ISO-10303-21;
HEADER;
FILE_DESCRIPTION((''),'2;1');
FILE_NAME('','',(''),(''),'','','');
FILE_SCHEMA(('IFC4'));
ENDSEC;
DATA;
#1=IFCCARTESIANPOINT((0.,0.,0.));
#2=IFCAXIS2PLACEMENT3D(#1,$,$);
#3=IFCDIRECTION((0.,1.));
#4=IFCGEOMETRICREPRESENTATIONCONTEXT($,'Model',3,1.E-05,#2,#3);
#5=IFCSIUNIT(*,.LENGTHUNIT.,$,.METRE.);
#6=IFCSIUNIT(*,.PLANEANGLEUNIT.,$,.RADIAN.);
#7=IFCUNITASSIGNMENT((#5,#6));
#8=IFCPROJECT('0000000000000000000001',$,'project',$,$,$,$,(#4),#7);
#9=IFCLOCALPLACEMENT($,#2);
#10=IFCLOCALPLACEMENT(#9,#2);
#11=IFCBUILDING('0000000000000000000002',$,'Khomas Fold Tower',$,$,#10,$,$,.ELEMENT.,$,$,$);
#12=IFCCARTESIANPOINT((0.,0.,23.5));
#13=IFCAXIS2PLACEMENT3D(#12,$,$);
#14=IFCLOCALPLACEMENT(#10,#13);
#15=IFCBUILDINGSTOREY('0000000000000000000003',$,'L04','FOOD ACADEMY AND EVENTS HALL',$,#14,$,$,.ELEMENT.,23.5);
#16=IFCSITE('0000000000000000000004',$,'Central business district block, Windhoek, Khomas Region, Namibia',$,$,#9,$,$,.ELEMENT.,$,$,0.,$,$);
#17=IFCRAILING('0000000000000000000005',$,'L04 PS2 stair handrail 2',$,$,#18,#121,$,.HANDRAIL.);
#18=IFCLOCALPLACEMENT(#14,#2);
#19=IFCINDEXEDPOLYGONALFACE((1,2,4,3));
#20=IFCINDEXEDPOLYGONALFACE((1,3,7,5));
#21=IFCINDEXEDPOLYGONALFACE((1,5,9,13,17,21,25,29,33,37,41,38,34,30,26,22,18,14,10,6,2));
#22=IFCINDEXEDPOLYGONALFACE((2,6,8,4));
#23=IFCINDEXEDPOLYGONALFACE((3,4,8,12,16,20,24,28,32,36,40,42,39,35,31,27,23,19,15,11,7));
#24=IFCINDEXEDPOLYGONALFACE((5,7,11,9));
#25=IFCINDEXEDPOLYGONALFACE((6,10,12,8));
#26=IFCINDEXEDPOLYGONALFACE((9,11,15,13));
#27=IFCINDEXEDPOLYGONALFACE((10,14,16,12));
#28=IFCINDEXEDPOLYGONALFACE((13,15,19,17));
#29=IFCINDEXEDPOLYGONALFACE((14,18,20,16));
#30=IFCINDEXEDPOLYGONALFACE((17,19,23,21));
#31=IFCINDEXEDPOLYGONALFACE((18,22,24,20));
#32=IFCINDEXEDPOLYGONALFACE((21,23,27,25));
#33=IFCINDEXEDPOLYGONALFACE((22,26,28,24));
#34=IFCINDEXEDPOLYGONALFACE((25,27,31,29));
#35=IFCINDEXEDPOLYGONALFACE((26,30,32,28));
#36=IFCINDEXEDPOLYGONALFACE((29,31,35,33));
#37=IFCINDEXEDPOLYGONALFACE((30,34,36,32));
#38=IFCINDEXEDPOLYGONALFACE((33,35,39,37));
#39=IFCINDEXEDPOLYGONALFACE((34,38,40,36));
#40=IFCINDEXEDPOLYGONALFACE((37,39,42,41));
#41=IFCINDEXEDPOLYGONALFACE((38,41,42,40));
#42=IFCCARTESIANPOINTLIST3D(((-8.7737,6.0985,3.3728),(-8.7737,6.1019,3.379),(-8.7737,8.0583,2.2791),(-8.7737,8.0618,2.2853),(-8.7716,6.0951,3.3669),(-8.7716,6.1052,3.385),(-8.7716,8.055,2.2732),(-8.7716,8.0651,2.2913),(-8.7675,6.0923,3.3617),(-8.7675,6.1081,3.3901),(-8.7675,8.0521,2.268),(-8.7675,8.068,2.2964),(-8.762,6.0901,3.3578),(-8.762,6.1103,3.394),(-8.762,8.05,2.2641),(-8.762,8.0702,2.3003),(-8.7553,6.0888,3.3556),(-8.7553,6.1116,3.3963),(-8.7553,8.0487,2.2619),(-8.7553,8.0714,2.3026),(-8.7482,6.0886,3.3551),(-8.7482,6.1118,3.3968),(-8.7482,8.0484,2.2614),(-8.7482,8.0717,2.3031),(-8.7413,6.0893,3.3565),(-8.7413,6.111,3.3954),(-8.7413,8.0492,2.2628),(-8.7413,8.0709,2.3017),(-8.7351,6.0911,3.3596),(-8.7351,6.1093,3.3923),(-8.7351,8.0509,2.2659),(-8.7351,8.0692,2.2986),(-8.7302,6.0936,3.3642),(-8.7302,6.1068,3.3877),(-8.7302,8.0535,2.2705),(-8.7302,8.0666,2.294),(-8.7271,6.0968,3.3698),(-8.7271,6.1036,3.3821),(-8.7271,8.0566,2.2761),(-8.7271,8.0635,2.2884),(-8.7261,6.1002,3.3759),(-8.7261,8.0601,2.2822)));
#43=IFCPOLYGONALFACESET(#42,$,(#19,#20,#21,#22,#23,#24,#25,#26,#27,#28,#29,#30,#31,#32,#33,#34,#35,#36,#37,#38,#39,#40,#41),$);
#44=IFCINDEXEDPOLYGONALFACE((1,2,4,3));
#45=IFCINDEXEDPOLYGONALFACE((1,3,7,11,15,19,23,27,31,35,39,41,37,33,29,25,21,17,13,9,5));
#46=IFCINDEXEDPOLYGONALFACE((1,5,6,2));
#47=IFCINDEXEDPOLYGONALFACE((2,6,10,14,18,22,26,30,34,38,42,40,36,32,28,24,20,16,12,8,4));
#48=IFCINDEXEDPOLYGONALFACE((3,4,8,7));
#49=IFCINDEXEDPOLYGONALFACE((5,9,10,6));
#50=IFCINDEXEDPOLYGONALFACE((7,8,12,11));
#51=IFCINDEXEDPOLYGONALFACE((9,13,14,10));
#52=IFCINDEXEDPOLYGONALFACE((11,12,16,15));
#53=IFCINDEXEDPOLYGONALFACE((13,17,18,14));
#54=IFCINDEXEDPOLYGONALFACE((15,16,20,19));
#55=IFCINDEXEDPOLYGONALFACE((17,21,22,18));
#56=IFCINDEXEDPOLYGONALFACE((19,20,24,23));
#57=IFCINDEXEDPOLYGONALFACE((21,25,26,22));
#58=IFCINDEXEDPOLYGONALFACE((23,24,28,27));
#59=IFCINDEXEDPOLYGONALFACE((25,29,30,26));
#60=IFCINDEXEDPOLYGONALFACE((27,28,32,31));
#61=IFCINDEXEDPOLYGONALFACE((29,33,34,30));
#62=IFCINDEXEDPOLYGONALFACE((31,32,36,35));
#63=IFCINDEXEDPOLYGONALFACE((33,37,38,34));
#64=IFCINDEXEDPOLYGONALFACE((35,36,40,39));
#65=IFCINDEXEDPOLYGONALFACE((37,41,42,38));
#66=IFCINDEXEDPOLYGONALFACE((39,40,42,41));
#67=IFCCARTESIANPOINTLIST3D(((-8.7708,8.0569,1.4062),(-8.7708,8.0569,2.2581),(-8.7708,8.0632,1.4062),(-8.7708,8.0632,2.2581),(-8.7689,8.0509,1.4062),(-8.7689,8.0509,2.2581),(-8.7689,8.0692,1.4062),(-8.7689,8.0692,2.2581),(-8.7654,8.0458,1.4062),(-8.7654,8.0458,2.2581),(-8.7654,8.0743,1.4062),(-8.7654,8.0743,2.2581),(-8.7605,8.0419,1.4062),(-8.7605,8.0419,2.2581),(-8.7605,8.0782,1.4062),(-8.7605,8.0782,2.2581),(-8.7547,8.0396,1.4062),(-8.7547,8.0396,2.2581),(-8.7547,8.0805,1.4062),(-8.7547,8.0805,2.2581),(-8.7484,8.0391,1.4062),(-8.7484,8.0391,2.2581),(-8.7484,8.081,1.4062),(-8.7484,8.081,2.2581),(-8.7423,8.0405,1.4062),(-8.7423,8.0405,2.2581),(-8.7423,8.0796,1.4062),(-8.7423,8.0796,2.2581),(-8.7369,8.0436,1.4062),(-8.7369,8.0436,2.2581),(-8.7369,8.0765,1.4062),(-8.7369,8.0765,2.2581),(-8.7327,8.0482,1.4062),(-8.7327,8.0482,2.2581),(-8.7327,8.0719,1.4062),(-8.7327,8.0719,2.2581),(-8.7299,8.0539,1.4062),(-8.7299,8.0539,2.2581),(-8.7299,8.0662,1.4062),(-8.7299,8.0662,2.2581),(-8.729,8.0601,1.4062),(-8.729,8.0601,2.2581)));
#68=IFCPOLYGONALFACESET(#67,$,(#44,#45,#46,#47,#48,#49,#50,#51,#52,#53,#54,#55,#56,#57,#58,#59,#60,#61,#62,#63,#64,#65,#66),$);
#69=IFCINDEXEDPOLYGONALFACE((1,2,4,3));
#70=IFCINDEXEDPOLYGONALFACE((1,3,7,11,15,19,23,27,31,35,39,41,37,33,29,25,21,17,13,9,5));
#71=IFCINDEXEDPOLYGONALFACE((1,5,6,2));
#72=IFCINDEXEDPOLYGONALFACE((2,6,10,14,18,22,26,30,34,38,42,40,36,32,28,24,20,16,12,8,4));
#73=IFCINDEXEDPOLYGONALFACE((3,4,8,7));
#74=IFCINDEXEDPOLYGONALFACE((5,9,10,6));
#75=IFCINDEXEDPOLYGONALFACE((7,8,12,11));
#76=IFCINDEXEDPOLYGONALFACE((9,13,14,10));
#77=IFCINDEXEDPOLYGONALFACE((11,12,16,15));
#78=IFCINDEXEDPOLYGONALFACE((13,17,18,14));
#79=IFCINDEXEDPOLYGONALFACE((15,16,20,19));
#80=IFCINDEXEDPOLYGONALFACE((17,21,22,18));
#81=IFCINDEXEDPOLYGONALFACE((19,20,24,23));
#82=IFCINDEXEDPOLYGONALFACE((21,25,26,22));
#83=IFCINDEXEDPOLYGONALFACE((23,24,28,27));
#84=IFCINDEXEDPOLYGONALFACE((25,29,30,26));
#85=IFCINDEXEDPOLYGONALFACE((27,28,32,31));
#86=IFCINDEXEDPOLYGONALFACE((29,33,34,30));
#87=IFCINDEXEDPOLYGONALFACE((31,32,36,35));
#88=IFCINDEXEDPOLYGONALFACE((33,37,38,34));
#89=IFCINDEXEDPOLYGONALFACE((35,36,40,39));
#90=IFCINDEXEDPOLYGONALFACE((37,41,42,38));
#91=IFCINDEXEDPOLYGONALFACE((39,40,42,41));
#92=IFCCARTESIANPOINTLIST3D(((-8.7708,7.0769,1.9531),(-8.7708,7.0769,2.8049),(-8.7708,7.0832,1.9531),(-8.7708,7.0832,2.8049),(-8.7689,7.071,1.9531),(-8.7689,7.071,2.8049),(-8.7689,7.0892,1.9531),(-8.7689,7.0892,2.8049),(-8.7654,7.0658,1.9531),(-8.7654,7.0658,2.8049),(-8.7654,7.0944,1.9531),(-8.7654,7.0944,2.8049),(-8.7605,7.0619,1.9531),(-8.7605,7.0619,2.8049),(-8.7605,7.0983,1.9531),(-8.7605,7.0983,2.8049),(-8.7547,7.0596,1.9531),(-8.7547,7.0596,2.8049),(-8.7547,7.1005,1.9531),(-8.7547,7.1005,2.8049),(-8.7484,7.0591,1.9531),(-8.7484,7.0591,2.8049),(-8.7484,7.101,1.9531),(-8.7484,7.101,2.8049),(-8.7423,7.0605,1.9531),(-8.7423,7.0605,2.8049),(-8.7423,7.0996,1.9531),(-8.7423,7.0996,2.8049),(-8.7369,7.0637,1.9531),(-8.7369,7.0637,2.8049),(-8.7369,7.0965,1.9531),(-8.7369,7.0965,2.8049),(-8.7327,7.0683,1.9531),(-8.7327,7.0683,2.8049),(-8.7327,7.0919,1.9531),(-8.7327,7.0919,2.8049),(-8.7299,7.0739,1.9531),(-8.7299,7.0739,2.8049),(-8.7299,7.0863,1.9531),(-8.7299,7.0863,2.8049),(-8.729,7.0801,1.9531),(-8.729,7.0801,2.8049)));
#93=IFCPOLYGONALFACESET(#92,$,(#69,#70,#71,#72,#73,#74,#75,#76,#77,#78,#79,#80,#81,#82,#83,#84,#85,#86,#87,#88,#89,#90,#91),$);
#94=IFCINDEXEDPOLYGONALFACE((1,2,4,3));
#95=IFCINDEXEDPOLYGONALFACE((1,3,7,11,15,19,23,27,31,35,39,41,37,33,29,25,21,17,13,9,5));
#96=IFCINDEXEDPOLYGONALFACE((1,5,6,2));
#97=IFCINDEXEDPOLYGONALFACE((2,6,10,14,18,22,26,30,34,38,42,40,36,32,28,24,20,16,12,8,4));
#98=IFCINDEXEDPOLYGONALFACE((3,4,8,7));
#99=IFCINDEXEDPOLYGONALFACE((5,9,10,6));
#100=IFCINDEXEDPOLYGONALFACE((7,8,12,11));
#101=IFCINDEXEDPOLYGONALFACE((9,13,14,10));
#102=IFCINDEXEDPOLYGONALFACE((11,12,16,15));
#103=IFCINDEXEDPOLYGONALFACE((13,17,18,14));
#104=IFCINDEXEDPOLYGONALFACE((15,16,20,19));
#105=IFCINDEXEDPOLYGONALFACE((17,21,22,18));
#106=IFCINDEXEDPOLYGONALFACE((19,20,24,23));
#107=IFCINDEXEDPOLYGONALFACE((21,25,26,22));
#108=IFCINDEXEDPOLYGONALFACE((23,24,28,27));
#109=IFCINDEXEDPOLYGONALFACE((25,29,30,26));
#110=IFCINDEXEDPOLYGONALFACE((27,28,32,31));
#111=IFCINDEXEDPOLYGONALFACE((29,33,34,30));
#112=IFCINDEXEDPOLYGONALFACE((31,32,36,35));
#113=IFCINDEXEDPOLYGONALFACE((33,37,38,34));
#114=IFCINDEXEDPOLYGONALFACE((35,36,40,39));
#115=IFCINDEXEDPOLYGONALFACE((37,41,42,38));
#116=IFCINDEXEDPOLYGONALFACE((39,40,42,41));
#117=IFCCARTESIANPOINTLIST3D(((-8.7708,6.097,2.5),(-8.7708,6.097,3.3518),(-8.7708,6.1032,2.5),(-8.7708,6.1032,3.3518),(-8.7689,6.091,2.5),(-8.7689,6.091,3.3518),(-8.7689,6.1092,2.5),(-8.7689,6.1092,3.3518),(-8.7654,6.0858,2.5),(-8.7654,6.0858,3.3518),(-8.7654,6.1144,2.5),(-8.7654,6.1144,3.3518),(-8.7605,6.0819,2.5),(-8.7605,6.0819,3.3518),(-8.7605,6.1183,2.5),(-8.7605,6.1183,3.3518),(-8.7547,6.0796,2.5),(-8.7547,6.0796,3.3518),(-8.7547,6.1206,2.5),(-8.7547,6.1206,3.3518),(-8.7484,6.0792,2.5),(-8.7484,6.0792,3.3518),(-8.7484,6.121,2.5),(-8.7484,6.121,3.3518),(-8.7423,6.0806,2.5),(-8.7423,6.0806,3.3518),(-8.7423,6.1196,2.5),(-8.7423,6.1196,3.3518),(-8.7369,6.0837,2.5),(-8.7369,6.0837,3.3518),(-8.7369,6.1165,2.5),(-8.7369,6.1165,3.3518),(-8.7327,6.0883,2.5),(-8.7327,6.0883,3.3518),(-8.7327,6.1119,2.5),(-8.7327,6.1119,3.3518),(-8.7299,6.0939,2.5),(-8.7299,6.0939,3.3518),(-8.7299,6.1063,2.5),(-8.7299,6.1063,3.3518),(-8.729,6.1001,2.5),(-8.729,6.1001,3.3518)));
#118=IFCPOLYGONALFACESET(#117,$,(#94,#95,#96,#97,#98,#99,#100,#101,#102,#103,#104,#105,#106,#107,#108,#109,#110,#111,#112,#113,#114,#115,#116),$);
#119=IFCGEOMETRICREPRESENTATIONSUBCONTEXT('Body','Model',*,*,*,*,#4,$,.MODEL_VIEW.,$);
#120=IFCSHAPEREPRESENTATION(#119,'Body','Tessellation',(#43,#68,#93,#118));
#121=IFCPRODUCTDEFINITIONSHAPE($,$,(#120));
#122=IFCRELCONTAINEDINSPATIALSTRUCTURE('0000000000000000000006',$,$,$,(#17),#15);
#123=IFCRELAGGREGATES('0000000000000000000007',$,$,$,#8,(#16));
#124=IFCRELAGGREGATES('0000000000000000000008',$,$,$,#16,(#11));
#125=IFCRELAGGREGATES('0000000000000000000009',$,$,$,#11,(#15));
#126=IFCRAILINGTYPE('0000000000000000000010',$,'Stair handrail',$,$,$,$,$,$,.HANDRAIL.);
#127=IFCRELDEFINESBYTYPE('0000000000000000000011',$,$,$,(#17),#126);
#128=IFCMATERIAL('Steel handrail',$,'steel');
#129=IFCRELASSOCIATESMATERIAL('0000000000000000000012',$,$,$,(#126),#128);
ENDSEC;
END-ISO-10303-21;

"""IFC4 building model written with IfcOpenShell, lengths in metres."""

from ifc_helpers import new_model, si_unit, direction, frame, origin, origin_2d, place, context, subcontext, project, spatial, circle, extrude, source, transform, mapped, material, type_object, element, save


model = new_model("IFC4")

# Units and contexts
model_context = context("Model", 3, precision=1e-05, world=origin(), true_north=direction((0.0, 1.0)))
body_context = subcontext(model_context, "Body", "Model", "MODEL_VIEW")
ifc_project = project(units=[si_unit("LENGTHUNIT", "METRE"), si_unit("PLANEANGLEUNIT", "RADIAN")], contexts=[model_context])

# Site, building, storey
site_placement = place(None, origin())
site = spatial("IfcSite", under=ifc_project, at=site_placement, Name="Central business district block, Windhoek, Khomas Region, Namibia", CompositionType="ELEMENT", RefElevation=0.0)
building_placement = place(site_placement, origin())
building = spatial("IfcBuilding", under=site, at=building_placement, Name="Khomas Fold Tower", CompositionType="ELEMENT")
storey_placement = place(building_placement, frame((0.0, 0.0, 23.5)))
storey = spatial("IfcBuildingStorey", under=building, at=storey_placement, Name="L04", Description="FOOD ACADEMY AND EVENTS HALL", CompositionType="ELEMENT", Elevation=23.5)

# Railing
ifc_material_1 = material(Name="Steel handrail", Category="steel")
railing_type_1 = type_object("IfcRailingType", Name="Stair handrail", PredefinedType="HANDRAIL", material=ifc_material_1)
shared_shape_1 = source(origin(), body_context, "Body", "SweptSolid", [
    extrude(circle(Radius=0.0239, at=origin_2d()), frame((0.0, 0.0, 0.876), z_axis=(0.0, -0.873232, 0.487304), x_axis=(1.0, 0.0, 0.0)), (0.0, 0.0, 1.0), 2.2444),
    extrude(circle(Radius=0.021, at=origin_2d()), origin(), (0.0, 0.0, 1.0), 0.8518),
    extrude(circle(Radius=0.021, at=origin_2d()), frame((0.0, -0.98, 0.5469)), (0.0, 0.0, 1.0), 0.8518),
    extrude(circle(Radius=0.021, at=origin_2d()), frame((0.0, -1.96, 1.0938)), (0.0, 0.0, 1.0), 0.8518),
])
for number, where, name in (
    (1, (-8.75, 8.0601, 1.4062), "L04 PS2 stair handrail 2"),
):
    element("IfcRailing", number, at=place(storey_placement, frame(where)), inside=storey, type_object=railing_type_1, Name=name, PredefinedType="HANDRAIL", context=body_context, shape_type="MappedRepresentation", body=[
        mapped(shared_shape_1, transform((0.0, 0.0, 0.0))),
    ])

save(model, "model.ifc")
